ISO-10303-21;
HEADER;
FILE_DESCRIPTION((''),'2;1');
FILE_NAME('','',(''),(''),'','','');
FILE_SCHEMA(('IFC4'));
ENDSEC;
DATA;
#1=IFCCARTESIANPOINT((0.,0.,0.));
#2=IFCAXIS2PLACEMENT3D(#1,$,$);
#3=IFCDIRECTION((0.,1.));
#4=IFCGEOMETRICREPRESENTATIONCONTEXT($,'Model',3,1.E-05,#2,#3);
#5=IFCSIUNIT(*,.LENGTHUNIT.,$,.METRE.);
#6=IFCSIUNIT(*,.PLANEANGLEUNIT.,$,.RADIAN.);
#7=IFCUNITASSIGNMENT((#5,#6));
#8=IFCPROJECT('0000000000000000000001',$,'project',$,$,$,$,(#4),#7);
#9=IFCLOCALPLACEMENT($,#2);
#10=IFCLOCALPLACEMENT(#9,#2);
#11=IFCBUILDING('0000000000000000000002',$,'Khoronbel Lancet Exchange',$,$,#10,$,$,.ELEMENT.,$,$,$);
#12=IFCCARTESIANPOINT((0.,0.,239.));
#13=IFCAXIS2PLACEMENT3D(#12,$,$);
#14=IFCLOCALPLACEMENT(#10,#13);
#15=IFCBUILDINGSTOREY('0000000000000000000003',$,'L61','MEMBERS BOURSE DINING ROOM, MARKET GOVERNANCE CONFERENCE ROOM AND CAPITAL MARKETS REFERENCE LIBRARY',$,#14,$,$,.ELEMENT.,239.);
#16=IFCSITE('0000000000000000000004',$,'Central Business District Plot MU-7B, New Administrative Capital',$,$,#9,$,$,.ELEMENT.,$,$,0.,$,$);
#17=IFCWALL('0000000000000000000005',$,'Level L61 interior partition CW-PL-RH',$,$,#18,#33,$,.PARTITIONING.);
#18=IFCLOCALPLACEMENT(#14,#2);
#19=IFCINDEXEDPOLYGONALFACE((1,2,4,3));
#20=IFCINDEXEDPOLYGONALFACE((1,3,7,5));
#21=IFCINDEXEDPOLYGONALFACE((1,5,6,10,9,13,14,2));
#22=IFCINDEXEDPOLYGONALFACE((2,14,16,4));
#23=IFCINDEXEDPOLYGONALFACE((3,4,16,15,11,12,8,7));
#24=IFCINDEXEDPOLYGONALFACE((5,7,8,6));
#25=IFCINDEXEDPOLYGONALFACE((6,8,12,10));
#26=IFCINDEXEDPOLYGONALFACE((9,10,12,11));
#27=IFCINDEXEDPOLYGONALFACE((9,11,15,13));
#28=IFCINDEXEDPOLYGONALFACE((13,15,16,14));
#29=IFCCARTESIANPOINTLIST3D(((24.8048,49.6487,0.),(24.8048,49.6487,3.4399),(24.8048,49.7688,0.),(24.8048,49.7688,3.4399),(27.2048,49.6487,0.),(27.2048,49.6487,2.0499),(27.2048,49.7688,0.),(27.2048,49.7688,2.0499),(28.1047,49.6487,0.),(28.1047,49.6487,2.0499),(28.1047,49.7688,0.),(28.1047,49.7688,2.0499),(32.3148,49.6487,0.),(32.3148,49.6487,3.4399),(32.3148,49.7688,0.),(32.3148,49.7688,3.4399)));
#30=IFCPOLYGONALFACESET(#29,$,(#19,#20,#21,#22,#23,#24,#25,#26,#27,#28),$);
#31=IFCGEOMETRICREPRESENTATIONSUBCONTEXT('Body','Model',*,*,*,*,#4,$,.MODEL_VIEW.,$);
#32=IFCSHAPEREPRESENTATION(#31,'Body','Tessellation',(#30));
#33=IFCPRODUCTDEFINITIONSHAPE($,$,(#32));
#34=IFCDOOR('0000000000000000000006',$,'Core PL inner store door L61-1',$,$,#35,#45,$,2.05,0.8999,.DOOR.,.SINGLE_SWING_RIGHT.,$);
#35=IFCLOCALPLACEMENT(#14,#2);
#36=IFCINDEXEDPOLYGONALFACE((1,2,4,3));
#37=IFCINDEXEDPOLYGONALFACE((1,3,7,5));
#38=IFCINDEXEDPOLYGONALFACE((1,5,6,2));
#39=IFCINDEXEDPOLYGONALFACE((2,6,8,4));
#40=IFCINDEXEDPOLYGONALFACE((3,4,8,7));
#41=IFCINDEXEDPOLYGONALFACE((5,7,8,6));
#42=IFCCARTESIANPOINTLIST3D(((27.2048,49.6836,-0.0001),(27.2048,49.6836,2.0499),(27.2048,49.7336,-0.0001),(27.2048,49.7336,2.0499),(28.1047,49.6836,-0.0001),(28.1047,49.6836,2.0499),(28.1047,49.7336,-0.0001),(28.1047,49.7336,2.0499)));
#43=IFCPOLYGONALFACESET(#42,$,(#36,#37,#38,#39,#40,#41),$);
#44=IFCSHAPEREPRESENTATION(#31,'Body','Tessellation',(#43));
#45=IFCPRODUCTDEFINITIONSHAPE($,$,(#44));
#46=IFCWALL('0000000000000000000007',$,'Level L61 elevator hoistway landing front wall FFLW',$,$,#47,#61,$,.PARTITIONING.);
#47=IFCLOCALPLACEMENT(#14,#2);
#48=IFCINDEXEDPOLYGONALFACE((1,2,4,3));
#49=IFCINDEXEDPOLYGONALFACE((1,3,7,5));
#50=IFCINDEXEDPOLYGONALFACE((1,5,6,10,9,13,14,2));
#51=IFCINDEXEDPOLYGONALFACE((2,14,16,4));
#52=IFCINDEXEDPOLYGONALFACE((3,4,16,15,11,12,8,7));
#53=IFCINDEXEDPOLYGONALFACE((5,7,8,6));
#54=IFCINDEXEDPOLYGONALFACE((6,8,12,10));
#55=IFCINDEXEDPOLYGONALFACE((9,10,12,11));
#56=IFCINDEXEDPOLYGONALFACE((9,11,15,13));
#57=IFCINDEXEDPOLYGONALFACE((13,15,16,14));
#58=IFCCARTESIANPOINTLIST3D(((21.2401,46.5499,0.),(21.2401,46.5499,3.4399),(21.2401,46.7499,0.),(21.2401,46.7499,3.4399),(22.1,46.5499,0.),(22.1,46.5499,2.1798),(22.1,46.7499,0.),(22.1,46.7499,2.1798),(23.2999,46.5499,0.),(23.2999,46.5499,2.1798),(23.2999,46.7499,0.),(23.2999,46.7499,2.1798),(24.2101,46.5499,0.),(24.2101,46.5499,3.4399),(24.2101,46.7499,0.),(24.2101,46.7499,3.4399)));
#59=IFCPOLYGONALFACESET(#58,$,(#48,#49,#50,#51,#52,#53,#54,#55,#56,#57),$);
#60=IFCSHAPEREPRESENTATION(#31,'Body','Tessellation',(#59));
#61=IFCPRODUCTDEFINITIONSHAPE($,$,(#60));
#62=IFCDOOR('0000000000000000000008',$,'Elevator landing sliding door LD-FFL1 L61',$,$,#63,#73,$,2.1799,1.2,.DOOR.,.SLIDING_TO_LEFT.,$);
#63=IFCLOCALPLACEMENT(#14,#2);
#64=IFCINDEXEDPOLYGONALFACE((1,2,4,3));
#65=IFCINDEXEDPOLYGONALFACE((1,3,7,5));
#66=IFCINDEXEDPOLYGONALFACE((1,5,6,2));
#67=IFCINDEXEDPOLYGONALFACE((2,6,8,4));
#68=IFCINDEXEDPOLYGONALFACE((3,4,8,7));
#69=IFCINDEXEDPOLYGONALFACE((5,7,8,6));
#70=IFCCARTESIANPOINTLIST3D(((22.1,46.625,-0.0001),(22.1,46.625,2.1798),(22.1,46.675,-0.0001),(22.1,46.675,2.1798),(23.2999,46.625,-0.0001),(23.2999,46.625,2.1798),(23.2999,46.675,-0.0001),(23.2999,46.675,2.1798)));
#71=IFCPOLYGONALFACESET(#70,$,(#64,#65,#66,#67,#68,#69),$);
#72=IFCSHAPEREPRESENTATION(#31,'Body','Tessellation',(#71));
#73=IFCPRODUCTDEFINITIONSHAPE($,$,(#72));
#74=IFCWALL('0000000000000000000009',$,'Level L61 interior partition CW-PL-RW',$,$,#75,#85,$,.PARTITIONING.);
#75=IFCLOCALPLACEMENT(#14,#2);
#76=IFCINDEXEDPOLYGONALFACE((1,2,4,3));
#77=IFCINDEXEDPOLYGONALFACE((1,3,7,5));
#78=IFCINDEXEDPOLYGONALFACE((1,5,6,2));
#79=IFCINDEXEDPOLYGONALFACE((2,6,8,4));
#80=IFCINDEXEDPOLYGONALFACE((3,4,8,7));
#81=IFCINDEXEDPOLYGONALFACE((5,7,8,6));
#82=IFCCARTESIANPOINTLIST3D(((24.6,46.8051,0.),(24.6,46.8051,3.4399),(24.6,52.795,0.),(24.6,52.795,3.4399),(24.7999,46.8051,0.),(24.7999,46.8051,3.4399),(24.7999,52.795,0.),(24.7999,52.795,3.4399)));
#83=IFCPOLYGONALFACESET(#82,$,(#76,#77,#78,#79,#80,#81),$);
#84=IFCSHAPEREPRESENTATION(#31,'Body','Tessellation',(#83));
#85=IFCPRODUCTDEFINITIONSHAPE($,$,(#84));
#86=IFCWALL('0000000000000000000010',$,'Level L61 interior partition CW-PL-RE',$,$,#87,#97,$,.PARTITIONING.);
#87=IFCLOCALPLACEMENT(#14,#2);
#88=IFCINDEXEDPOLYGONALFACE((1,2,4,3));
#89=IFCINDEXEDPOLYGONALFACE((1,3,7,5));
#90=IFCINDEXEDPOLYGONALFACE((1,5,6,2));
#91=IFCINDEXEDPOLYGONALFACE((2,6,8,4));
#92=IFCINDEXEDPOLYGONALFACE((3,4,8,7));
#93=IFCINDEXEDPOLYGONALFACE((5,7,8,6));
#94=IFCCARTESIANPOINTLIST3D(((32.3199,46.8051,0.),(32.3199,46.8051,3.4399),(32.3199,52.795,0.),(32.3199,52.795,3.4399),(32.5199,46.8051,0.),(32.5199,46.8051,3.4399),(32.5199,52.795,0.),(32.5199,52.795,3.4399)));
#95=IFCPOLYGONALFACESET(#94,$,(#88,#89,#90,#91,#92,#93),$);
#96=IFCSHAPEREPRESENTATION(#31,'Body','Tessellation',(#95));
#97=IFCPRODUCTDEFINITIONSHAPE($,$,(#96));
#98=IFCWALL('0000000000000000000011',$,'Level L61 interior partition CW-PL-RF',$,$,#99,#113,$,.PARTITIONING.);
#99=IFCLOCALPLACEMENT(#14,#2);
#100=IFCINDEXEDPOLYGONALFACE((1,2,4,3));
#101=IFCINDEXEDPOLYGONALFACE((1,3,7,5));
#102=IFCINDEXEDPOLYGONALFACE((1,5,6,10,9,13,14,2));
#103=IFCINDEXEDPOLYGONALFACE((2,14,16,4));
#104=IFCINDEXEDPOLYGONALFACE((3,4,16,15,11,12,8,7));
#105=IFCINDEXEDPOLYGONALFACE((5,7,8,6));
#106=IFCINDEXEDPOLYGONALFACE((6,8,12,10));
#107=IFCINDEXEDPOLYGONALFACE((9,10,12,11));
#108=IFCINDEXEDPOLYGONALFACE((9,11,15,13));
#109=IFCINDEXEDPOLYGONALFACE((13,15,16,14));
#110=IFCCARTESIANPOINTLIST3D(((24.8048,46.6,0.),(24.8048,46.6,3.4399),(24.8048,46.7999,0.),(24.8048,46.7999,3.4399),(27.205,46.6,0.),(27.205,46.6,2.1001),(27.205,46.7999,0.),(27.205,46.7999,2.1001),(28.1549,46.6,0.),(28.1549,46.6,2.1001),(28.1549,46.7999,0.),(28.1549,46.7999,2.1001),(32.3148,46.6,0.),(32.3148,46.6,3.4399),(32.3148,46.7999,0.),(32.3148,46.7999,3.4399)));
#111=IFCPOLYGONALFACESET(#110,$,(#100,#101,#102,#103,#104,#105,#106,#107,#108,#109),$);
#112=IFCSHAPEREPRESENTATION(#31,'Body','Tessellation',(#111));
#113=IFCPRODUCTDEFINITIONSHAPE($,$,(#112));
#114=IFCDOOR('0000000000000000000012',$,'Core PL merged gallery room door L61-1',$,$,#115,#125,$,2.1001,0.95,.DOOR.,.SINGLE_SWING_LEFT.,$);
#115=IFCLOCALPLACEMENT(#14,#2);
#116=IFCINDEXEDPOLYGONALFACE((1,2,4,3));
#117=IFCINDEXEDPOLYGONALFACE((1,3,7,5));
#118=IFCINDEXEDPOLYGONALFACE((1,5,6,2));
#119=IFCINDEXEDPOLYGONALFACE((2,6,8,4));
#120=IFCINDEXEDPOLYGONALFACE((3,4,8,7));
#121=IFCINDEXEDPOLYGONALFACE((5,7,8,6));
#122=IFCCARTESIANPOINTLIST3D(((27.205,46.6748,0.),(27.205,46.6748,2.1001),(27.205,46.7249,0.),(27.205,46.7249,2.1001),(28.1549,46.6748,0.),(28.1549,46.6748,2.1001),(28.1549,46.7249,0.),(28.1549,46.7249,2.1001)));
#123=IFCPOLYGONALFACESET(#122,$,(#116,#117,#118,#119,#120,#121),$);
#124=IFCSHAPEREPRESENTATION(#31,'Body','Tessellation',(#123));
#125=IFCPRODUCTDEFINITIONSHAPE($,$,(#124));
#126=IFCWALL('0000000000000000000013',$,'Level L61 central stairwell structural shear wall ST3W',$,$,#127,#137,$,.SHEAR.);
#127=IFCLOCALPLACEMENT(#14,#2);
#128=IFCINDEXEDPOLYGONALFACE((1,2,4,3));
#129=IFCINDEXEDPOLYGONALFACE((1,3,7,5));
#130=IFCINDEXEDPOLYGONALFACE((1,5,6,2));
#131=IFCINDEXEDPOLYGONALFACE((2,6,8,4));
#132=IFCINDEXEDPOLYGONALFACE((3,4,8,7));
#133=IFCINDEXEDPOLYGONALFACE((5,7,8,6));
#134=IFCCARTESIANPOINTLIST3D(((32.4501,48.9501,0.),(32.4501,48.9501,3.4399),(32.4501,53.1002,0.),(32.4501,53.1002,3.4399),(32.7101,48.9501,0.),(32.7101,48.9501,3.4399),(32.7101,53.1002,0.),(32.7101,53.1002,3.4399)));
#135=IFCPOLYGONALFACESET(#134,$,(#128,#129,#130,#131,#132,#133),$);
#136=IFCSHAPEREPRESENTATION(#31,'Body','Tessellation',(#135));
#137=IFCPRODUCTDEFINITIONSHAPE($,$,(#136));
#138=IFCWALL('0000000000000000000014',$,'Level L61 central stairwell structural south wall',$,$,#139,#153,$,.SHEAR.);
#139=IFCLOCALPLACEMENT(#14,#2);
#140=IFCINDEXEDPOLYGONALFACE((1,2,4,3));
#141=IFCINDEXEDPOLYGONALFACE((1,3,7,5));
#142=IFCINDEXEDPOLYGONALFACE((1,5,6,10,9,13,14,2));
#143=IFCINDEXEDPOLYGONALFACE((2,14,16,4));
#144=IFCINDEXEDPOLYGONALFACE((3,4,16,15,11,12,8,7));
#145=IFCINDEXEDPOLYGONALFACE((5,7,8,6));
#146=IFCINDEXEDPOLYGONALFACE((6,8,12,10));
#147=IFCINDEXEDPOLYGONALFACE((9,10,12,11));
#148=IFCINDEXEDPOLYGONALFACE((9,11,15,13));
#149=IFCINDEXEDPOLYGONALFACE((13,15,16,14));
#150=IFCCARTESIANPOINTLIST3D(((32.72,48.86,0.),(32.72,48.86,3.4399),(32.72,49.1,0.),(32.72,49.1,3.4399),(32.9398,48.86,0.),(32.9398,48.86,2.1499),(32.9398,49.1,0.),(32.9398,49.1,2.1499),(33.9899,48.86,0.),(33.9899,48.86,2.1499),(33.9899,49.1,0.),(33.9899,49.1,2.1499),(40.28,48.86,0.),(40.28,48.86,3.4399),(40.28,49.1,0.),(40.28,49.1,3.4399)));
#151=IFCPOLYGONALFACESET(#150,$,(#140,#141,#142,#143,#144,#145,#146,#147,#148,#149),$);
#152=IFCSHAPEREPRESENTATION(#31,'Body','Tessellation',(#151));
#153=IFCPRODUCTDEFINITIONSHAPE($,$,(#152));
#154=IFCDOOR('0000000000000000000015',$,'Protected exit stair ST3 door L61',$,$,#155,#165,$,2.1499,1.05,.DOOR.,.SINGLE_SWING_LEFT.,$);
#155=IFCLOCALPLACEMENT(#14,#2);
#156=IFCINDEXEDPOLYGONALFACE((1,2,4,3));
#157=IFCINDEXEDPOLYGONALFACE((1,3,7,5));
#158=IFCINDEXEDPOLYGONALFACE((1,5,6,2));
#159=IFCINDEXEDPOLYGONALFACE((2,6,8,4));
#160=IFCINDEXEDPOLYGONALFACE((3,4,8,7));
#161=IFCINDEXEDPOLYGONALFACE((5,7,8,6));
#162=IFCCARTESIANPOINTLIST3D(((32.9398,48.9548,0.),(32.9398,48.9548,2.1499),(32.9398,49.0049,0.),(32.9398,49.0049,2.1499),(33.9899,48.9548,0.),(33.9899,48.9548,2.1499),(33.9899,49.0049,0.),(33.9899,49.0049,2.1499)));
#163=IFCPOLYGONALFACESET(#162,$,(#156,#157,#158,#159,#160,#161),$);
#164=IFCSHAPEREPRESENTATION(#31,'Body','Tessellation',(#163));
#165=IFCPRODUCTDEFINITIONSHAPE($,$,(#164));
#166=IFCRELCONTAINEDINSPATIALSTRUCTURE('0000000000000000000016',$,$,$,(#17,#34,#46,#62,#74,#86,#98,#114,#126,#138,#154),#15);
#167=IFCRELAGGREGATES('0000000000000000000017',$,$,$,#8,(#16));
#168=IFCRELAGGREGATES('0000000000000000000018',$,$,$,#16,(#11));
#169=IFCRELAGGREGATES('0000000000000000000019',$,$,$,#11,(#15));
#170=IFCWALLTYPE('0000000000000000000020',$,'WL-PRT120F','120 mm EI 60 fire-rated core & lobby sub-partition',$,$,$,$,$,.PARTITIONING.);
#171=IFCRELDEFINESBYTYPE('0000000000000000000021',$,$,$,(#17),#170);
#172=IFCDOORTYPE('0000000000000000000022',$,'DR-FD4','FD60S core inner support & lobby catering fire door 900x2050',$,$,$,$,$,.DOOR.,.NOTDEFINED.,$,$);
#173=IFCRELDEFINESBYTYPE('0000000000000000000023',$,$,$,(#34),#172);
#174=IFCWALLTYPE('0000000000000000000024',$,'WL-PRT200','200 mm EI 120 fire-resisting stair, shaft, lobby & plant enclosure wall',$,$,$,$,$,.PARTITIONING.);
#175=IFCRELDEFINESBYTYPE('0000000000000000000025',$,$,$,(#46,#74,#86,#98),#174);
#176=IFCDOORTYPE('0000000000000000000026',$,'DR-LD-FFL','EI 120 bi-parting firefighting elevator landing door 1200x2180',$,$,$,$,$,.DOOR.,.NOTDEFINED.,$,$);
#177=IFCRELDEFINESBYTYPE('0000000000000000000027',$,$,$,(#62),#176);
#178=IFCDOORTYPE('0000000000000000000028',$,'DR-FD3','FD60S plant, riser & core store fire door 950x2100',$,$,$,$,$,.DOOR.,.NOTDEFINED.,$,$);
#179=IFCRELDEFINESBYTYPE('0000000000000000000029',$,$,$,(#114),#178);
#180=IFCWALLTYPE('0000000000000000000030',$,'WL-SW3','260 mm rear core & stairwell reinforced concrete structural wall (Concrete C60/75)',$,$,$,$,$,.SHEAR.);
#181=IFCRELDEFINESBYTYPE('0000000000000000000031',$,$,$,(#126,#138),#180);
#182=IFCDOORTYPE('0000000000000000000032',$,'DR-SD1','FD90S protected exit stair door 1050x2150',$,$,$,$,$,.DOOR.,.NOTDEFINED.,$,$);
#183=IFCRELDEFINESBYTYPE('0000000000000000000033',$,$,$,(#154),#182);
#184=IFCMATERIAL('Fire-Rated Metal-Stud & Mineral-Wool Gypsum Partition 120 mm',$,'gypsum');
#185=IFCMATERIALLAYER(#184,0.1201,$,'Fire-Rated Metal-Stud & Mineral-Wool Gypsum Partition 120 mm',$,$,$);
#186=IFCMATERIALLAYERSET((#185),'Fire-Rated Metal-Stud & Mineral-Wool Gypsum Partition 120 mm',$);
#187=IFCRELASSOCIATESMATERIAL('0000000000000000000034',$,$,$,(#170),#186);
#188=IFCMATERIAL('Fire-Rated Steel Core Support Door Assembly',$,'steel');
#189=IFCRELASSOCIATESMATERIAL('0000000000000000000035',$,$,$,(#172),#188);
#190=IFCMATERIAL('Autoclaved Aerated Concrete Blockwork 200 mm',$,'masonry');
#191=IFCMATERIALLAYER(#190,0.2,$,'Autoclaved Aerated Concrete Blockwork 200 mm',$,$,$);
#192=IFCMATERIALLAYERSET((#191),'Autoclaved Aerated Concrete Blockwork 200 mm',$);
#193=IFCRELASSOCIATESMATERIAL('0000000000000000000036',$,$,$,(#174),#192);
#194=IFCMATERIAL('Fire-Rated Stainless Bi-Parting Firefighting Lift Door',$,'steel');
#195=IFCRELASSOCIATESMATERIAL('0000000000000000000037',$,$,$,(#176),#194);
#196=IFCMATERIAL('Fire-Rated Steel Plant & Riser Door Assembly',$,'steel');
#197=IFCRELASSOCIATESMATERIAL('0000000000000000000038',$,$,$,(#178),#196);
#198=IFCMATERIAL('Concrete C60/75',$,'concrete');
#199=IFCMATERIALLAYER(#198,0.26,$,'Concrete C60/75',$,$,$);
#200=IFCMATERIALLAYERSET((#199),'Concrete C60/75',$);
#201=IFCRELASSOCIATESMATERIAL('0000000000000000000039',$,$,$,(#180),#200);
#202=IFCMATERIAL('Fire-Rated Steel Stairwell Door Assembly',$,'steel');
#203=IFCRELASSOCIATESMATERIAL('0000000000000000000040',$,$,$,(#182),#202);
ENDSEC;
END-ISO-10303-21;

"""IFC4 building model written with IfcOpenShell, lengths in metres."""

from ifc_helpers import new_model, si_unit, direction, frame, frame_2d, origin, place, context, subcontext, project, spatial, rectangle, extrude, material, layer, layer_set, type_object, element, fill, save


model = new_model("IFC4")

# Units and contexts
model_context = context("Model", 3, precision=1e-05, world=origin(), true_north=direction((0.0, 1.0)))
body_context = subcontext(model_context, "Body", "Model", "MODEL_VIEW")
ifc_project = project(units=[si_unit("LENGTHUNIT", "METRE"), si_unit("PLANEANGLEUNIT", "RADIAN")], contexts=[model_context])

# Site, building, storey
site_placement = place(None, origin())
site = spatial("IfcSite", under=ifc_project, at=site_placement, Name="Central Business District Plot MU-7B, New Administrative Capital", CompositionType="ELEMENT", RefElevation=0.0)
building_placement = place(site_placement, origin())
building = spatial("IfcBuilding", under=site, at=building_placement, Name="Khoronbel Lancet Exchange", CompositionType="ELEMENT")
storey_placement = place(building_placement, frame((0.0, 0.0, 239.0)))
storey = spatial("IfcBuildingStorey", under=building, at=storey_placement, Name="L61", Description="MEMBERS BOURSE DINING ROOM, MARKET GOVERNANCE CONFERENCE ROOM AND CAPITAL MARKETS REFERENCE LIBRARY", CompositionType="ELEMENT", Elevation=239.0)

# Shared definitions
ifc_material_1 = material(Name="Fire-Rated Metal-Stud & Mineral-Wool Gypsum Partition 120 mm", Category="gypsum")
ifc_layer_1 = layer(ifc_material_1, 0.1201, Name="Fire-Rated Metal-Stud & Mineral-Wool Gypsum Partition 120 mm")
ifc_layer_set_1 = layer_set([ifc_layer_1], Name="Fire-Rated Metal-Stud & Mineral-Wool Gypsum Partition 120 mm")
wall_type_1 = type_object("IfcWallType", Name="WL-PRT120F", Description="120 mm EI 60 fire-rated core & lobby sub-partition", PredefinedType="PARTITIONING", material=ifc_layer_set_1)

# Walls, openings, doors
wall_1_placement = place(storey_placement, frame((24.8049, 49.7087, 0.0), z_axis=(0.0, 0.0, 1.0), x_axis=(1.0, 0.0, 0.0)))
wall_1 = element("IfcWall", 1, at=wall_1_placement, inside=storey, type_object=wall_type_1, Name="Level L61 interior partition CW-PL-RH", PredefinedType="PARTITIONING", context=body_context, shape_type="SweptSolid", body=[
    extrude(rectangle(XDim=7.51, YDim=0.1201, at=frame_2d((3.7549, 0.0))), origin(), (0.0, 0.0, 1.0), 3.4399),
])
opening_1_placement = place(wall_1_placement, frame((2.3999, 0.0, 0.0)))
opening_1 = element("IfcOpeningElement", 2, at=opening_1_placement, cuts=wall_1, PredefinedType="OPENING", context=body_context, shape_type="SweptSolid", body=[
    extrude(rectangle(XDim=0.8999, YDim=2.05, at=frame_2d((0.45, 1.0249))), frame((0.0, 0.0701, 0.0), z_axis=(0.0, -1.0, 0.0), x_axis=(1.0, 0.0, 0.0)), (0.0, 0.0, 1.0), 0.1401),
])
ifc_material_2 = material(Name="Fire-Rated Steel Core Support Door Assembly", Category="steel")
door_type_1 = type_object("IfcDoorType", Name="DR-FD4", Description="FD60S core inner support & lobby catering fire door 900x2050", OperationType="NOTDEFINED", PredefinedType="DOOR", material=ifc_material_2)
door_1_placement = place(opening_1_placement, origin())
door_1 = element("IfcDoor", 3, at=door_1_placement, inside=storey, type_object=door_type_1, Name="Core PL inner store door L61-1", OperationType="SINGLE_SWING_RIGHT", OverallHeight=2.05, OverallWidth=0.8999, PredefinedType="DOOR", context=body_context, shape_type="SweptSolid", body=[
    extrude(rectangle(XDim=0.8999, YDim=2.05, at=frame_2d((0.45, 1.0249))), frame((0.0, 0.0249, 0.0), z_axis=(0.0, -1.0, 0.0), x_axis=(1.0, 0.0, 0.0)), (0.0, 0.0, 1.0), 0.05),
])
fill(opening_1, door_1)
ifc_material_3 = material(Name="Autoclaved Aerated Concrete Blockwork 200 mm", Category="masonry")
ifc_layer_2 = layer(ifc_material_3, 0.2, Name="Autoclaved Aerated Concrete Blockwork 200 mm")
ifc_layer_set_2 = layer_set([ifc_layer_2], Name="Autoclaved Aerated Concrete Blockwork 200 mm")
wall_type_2 = type_object("IfcWallType", Name="WL-PRT200", Description="200 mm EI 120 fire-resisting stair, shaft, lobby & plant enclosure wall", PredefinedType="PARTITIONING", material=ifc_layer_set_2)
wall_2_placement = place(storey_placement, frame((24.21, 46.6499, 0.0), z_axis=(0.0, 0.0, 1.0), x_axis=(-1.0, 0.0, 0.0)))
wall_2 = element("IfcWall", 4, at=wall_2_placement, inside=storey, type_object=wall_type_2, Name="Level L61 elevator hoistway landing front wall FFLW", PredefinedType="PARTITIONING", context=body_context, shape_type="SweptSolid", body=[
    extrude(rectangle(XDim=2.97, YDim=0.2, at=frame_2d((1.4849, 0.0))), origin(), (0.0, 0.0, 1.0), 3.4399),
])
opening_2_placement = place(wall_2_placement, frame((0.9099, 0.0, 0.0)))
opening_2 = element("IfcOpeningElement", 5, at=opening_2_placement, cuts=wall_2, PredefinedType="OPENING", context=body_context, shape_type="SweptSolid", body=[
    extrude(rectangle(XDim=1.2, YDim=2.1799, at=frame_2d((0.6001, 1.0898))), frame((0.0, 0.1099, 0.0), z_axis=(0.0, -1.0, 0.0), x_axis=(1.0, 0.0, 0.0)), (0.0, 0.0, 1.0), 0.22),
])
ifc_material_4 = material(Name="Fire-Rated Stainless Bi-Parting Firefighting Lift Door", Category="steel")
door_type_2 = type_object("IfcDoorType", Name="DR-LD-FFL", Description="EI 120 bi-parting firefighting elevator landing door 1200x2180", OperationType="NOTDEFINED", PredefinedType="DOOR", material=ifc_material_4)
door_2_placement = place(opening_2_placement, origin())
door_2 = element("IfcDoor", 6, at=door_2_placement, inside=storey, type_object=door_type_2, Name="Elevator landing sliding door LD-FFL1 L61", OperationType="SLIDING_TO_LEFT", OverallHeight=2.1799, OverallWidth=1.2, PredefinedType="DOOR", context=body_context, shape_type="SweptSolid", body=[
    extrude(rectangle(XDim=1.2, YDim=2.1799, at=frame_2d((0.6001, 1.0898))), frame((0.0, 0.0249, 0.0), z_axis=(0.0, -1.0, 0.0), x_axis=(1.0, 0.0, 0.0)), (0.0, 0.0, 1.0), 0.05),
])
fill(opening_2, door_2)

# Walls
for number, where, z_axis, x_axis, name in (
    (7, (24.7, 46.8049, 0.0), (0.0, 0.0, 1.0), (0.0, 1.0, 0.0), "Level L61 interior partition CW-PL-RW"),
    (8, (32.4199, 46.8049, 0.0), (0.0, 0.0, 1.0), (0.0, 1.0, 0.0), "Level L61 interior partition CW-PL-RE"),
):
    element("IfcWall", number, at=place(storey_placement, frame(where, z_axis=z_axis, x_axis=x_axis)), inside=storey, type_object=wall_type_2, Name=name, PredefinedType="PARTITIONING", context=body_context, shape_type="SweptSolid", body=[
        extrude(rectangle(XDim=5.99, YDim=0.2, at=frame_2d((2.9951, 0.0))), origin(), (0.0, 0.0, 1.0), 3.4399),
    ])

# Wall, opening, door
wall_3_placement = place(storey_placement, frame((24.8049, 46.7, 0.0), z_axis=(0.0, 0.0, 1.0), x_axis=(1.0, 0.0, 0.0)))
wall_3 = element("IfcWall", 9, at=wall_3_placement, inside=storey, type_object=wall_type_2, Name="Level L61 interior partition CW-PL-RF", PredefinedType="PARTITIONING", context=body_context, shape_type="SweptSolid", body=[
    extrude(rectangle(XDim=7.51, YDim=0.2, at=frame_2d((3.7549, 0.0))), origin(), (0.0, 0.0, 1.0), 3.4399),
])
opening_3_placement = place(wall_3_placement, frame((2.3999, 0.0, 0.0)))
opening_3 = element("IfcOpeningElement", 10, at=opening_3_placement, cuts=wall_3, PredefinedType="OPENING", context=body_context, shape_type="SweptSolid", body=[
    extrude(rectangle(XDim=0.95, YDim=2.1001, at=frame_2d((0.4751, 1.05))), frame((0.0, 0.1099, 0.0), z_axis=(0.0, -1.0, 0.0), x_axis=(1.0, 0.0, 0.0)), (0.0, 0.0, 1.0), 0.22),
])
ifc_material_5 = material(Name="Fire-Rated Steel Plant & Riser Door Assembly", Category="steel")
door_type_3 = type_object("IfcDoorType", Name="DR-FD3", Description="FD60S plant, riser & core store fire door 950x2100", OperationType="NOTDEFINED", PredefinedType="DOOR", material=ifc_material_5)
door_3_placement = place(opening_3_placement, origin())
door_3 = element("IfcDoor", 11, at=door_3_placement, inside=storey, type_object=door_type_3, Name="Core PL merged gallery room door L61-1", OperationType="SINGLE_SWING_LEFT", OverallHeight=2.1001, OverallWidth=0.95, PredefinedType="DOOR", context=body_context, shape_type="SweptSolid", body=[
    extrude(rectangle(XDim=0.95, YDim=2.1001, at=frame_2d((0.4751, 1.05))), frame((0.0, 0.0249, 0.0), z_axis=(0.0, -1.0, 0.0), x_axis=(1.0, 0.0, 0.0)), (0.0, 0.0, 1.0), 0.05),
])
fill(opening_3, door_3)

# Wall
ifc_material_6 = material(Name="Concrete C60/75", Category="concrete")
ifc_layer_3 = layer(ifc_material_6, 0.26, Name="Concrete C60/75")
ifc_layer_set_3 = layer_set([ifc_layer_3], Name="Concrete C60/75")
wall_type_3 = type_object("IfcWallType", Name="WL-SW3", Description="260 mm rear core & stairwell reinforced concrete structural wall (Concrete C60/75)", PredefinedType="SHEAR", material=ifc_layer_set_3)
wall_4_placement = place(storey_placement, frame((32.5801, 48.95, 0.0), z_axis=(0.0, 0.0, 1.0), x_axis=(0.0, 1.0, 0.0)))
element("IfcWall", 12, at=wall_4_placement, inside=storey, type_object=wall_type_3, Name="Level L61 central stairwell structural shear wall ST3W", PredefinedType="SHEAR", context=body_context, shape_type="SweptSolid", body=[
    extrude(rectangle(XDim=4.1501, YDim=0.26, at=frame_2d((2.0752, 0.0))), origin(), (0.0, 0.0, 1.0), 3.4399),
])

# Wall, opening, door
wall_5_placement = place(storey_placement, frame((32.72, 48.98, 0.0), z_axis=(0.0, 0.0, 1.0), x_axis=(1.0, 0.0, 0.0)))
wall_5 = element("IfcWall", 13, at=wall_5_placement, inside=storey, type_object=wall_type_3, Name="Level L61 central stairwell structural south wall", PredefinedType="SHEAR", context=body_context, shape_type="SweptSolid", body=[
    extrude(rectangle(XDim=7.5601, YDim=0.24, at=frame_2d((3.78, 0.0))), origin(), (0.0, 0.0, 1.0), 3.4399),
])
opening_4_placement = place(wall_5_placement, frame((0.22, 0.0, 0.0)))
opening_4 = element("IfcOpeningElement", 14, at=opening_4_placement, cuts=wall_5, PredefinedType="OPENING", context=body_context, shape_type="SweptSolid", body=[
    extrude(rectangle(XDim=1.05, YDim=2.1499, at=frame_2d((0.5249, 1.075))), frame((0.0, 0.1299, 0.0), z_axis=(0.0, -1.0, 0.0), x_axis=(1.0, 0.0, 0.0)), (0.0, 0.0, 1.0), 0.26),
])
ifc_material_7 = material(Name="Fire-Rated Steel Stairwell Door Assembly", Category="steel")
door_type_4 = type_object("IfcDoorType", Name="DR-SD1", Description="FD90S protected exit stair door 1050x2150", OperationType="NOTDEFINED", PredefinedType="DOOR", material=ifc_material_7)
door_4_placement = place(opening_4_placement, origin())
door_4 = element("IfcDoor", 15, at=door_4_placement, inside=storey, type_object=door_type_4, Name="Protected exit stair ST3 door L61", OperationType="SINGLE_SWING_LEFT", OverallHeight=2.1499, OverallWidth=1.05, PredefinedType="DOOR", context=body_context, shape_type="SweptSolid", body=[
    extrude(rectangle(XDim=1.05, YDim=2.1499, at=frame_2d((0.5249, 1.075))), frame((0.0, 0.0249, 0.0), z_axis=(0.0, -1.0, 0.0), x_axis=(1.0, 0.0, 0.0)), (0.0, 0.0, 1.0), 0.05),
])
fill(opening_4, door_4)

save(model, "model.ifc")
